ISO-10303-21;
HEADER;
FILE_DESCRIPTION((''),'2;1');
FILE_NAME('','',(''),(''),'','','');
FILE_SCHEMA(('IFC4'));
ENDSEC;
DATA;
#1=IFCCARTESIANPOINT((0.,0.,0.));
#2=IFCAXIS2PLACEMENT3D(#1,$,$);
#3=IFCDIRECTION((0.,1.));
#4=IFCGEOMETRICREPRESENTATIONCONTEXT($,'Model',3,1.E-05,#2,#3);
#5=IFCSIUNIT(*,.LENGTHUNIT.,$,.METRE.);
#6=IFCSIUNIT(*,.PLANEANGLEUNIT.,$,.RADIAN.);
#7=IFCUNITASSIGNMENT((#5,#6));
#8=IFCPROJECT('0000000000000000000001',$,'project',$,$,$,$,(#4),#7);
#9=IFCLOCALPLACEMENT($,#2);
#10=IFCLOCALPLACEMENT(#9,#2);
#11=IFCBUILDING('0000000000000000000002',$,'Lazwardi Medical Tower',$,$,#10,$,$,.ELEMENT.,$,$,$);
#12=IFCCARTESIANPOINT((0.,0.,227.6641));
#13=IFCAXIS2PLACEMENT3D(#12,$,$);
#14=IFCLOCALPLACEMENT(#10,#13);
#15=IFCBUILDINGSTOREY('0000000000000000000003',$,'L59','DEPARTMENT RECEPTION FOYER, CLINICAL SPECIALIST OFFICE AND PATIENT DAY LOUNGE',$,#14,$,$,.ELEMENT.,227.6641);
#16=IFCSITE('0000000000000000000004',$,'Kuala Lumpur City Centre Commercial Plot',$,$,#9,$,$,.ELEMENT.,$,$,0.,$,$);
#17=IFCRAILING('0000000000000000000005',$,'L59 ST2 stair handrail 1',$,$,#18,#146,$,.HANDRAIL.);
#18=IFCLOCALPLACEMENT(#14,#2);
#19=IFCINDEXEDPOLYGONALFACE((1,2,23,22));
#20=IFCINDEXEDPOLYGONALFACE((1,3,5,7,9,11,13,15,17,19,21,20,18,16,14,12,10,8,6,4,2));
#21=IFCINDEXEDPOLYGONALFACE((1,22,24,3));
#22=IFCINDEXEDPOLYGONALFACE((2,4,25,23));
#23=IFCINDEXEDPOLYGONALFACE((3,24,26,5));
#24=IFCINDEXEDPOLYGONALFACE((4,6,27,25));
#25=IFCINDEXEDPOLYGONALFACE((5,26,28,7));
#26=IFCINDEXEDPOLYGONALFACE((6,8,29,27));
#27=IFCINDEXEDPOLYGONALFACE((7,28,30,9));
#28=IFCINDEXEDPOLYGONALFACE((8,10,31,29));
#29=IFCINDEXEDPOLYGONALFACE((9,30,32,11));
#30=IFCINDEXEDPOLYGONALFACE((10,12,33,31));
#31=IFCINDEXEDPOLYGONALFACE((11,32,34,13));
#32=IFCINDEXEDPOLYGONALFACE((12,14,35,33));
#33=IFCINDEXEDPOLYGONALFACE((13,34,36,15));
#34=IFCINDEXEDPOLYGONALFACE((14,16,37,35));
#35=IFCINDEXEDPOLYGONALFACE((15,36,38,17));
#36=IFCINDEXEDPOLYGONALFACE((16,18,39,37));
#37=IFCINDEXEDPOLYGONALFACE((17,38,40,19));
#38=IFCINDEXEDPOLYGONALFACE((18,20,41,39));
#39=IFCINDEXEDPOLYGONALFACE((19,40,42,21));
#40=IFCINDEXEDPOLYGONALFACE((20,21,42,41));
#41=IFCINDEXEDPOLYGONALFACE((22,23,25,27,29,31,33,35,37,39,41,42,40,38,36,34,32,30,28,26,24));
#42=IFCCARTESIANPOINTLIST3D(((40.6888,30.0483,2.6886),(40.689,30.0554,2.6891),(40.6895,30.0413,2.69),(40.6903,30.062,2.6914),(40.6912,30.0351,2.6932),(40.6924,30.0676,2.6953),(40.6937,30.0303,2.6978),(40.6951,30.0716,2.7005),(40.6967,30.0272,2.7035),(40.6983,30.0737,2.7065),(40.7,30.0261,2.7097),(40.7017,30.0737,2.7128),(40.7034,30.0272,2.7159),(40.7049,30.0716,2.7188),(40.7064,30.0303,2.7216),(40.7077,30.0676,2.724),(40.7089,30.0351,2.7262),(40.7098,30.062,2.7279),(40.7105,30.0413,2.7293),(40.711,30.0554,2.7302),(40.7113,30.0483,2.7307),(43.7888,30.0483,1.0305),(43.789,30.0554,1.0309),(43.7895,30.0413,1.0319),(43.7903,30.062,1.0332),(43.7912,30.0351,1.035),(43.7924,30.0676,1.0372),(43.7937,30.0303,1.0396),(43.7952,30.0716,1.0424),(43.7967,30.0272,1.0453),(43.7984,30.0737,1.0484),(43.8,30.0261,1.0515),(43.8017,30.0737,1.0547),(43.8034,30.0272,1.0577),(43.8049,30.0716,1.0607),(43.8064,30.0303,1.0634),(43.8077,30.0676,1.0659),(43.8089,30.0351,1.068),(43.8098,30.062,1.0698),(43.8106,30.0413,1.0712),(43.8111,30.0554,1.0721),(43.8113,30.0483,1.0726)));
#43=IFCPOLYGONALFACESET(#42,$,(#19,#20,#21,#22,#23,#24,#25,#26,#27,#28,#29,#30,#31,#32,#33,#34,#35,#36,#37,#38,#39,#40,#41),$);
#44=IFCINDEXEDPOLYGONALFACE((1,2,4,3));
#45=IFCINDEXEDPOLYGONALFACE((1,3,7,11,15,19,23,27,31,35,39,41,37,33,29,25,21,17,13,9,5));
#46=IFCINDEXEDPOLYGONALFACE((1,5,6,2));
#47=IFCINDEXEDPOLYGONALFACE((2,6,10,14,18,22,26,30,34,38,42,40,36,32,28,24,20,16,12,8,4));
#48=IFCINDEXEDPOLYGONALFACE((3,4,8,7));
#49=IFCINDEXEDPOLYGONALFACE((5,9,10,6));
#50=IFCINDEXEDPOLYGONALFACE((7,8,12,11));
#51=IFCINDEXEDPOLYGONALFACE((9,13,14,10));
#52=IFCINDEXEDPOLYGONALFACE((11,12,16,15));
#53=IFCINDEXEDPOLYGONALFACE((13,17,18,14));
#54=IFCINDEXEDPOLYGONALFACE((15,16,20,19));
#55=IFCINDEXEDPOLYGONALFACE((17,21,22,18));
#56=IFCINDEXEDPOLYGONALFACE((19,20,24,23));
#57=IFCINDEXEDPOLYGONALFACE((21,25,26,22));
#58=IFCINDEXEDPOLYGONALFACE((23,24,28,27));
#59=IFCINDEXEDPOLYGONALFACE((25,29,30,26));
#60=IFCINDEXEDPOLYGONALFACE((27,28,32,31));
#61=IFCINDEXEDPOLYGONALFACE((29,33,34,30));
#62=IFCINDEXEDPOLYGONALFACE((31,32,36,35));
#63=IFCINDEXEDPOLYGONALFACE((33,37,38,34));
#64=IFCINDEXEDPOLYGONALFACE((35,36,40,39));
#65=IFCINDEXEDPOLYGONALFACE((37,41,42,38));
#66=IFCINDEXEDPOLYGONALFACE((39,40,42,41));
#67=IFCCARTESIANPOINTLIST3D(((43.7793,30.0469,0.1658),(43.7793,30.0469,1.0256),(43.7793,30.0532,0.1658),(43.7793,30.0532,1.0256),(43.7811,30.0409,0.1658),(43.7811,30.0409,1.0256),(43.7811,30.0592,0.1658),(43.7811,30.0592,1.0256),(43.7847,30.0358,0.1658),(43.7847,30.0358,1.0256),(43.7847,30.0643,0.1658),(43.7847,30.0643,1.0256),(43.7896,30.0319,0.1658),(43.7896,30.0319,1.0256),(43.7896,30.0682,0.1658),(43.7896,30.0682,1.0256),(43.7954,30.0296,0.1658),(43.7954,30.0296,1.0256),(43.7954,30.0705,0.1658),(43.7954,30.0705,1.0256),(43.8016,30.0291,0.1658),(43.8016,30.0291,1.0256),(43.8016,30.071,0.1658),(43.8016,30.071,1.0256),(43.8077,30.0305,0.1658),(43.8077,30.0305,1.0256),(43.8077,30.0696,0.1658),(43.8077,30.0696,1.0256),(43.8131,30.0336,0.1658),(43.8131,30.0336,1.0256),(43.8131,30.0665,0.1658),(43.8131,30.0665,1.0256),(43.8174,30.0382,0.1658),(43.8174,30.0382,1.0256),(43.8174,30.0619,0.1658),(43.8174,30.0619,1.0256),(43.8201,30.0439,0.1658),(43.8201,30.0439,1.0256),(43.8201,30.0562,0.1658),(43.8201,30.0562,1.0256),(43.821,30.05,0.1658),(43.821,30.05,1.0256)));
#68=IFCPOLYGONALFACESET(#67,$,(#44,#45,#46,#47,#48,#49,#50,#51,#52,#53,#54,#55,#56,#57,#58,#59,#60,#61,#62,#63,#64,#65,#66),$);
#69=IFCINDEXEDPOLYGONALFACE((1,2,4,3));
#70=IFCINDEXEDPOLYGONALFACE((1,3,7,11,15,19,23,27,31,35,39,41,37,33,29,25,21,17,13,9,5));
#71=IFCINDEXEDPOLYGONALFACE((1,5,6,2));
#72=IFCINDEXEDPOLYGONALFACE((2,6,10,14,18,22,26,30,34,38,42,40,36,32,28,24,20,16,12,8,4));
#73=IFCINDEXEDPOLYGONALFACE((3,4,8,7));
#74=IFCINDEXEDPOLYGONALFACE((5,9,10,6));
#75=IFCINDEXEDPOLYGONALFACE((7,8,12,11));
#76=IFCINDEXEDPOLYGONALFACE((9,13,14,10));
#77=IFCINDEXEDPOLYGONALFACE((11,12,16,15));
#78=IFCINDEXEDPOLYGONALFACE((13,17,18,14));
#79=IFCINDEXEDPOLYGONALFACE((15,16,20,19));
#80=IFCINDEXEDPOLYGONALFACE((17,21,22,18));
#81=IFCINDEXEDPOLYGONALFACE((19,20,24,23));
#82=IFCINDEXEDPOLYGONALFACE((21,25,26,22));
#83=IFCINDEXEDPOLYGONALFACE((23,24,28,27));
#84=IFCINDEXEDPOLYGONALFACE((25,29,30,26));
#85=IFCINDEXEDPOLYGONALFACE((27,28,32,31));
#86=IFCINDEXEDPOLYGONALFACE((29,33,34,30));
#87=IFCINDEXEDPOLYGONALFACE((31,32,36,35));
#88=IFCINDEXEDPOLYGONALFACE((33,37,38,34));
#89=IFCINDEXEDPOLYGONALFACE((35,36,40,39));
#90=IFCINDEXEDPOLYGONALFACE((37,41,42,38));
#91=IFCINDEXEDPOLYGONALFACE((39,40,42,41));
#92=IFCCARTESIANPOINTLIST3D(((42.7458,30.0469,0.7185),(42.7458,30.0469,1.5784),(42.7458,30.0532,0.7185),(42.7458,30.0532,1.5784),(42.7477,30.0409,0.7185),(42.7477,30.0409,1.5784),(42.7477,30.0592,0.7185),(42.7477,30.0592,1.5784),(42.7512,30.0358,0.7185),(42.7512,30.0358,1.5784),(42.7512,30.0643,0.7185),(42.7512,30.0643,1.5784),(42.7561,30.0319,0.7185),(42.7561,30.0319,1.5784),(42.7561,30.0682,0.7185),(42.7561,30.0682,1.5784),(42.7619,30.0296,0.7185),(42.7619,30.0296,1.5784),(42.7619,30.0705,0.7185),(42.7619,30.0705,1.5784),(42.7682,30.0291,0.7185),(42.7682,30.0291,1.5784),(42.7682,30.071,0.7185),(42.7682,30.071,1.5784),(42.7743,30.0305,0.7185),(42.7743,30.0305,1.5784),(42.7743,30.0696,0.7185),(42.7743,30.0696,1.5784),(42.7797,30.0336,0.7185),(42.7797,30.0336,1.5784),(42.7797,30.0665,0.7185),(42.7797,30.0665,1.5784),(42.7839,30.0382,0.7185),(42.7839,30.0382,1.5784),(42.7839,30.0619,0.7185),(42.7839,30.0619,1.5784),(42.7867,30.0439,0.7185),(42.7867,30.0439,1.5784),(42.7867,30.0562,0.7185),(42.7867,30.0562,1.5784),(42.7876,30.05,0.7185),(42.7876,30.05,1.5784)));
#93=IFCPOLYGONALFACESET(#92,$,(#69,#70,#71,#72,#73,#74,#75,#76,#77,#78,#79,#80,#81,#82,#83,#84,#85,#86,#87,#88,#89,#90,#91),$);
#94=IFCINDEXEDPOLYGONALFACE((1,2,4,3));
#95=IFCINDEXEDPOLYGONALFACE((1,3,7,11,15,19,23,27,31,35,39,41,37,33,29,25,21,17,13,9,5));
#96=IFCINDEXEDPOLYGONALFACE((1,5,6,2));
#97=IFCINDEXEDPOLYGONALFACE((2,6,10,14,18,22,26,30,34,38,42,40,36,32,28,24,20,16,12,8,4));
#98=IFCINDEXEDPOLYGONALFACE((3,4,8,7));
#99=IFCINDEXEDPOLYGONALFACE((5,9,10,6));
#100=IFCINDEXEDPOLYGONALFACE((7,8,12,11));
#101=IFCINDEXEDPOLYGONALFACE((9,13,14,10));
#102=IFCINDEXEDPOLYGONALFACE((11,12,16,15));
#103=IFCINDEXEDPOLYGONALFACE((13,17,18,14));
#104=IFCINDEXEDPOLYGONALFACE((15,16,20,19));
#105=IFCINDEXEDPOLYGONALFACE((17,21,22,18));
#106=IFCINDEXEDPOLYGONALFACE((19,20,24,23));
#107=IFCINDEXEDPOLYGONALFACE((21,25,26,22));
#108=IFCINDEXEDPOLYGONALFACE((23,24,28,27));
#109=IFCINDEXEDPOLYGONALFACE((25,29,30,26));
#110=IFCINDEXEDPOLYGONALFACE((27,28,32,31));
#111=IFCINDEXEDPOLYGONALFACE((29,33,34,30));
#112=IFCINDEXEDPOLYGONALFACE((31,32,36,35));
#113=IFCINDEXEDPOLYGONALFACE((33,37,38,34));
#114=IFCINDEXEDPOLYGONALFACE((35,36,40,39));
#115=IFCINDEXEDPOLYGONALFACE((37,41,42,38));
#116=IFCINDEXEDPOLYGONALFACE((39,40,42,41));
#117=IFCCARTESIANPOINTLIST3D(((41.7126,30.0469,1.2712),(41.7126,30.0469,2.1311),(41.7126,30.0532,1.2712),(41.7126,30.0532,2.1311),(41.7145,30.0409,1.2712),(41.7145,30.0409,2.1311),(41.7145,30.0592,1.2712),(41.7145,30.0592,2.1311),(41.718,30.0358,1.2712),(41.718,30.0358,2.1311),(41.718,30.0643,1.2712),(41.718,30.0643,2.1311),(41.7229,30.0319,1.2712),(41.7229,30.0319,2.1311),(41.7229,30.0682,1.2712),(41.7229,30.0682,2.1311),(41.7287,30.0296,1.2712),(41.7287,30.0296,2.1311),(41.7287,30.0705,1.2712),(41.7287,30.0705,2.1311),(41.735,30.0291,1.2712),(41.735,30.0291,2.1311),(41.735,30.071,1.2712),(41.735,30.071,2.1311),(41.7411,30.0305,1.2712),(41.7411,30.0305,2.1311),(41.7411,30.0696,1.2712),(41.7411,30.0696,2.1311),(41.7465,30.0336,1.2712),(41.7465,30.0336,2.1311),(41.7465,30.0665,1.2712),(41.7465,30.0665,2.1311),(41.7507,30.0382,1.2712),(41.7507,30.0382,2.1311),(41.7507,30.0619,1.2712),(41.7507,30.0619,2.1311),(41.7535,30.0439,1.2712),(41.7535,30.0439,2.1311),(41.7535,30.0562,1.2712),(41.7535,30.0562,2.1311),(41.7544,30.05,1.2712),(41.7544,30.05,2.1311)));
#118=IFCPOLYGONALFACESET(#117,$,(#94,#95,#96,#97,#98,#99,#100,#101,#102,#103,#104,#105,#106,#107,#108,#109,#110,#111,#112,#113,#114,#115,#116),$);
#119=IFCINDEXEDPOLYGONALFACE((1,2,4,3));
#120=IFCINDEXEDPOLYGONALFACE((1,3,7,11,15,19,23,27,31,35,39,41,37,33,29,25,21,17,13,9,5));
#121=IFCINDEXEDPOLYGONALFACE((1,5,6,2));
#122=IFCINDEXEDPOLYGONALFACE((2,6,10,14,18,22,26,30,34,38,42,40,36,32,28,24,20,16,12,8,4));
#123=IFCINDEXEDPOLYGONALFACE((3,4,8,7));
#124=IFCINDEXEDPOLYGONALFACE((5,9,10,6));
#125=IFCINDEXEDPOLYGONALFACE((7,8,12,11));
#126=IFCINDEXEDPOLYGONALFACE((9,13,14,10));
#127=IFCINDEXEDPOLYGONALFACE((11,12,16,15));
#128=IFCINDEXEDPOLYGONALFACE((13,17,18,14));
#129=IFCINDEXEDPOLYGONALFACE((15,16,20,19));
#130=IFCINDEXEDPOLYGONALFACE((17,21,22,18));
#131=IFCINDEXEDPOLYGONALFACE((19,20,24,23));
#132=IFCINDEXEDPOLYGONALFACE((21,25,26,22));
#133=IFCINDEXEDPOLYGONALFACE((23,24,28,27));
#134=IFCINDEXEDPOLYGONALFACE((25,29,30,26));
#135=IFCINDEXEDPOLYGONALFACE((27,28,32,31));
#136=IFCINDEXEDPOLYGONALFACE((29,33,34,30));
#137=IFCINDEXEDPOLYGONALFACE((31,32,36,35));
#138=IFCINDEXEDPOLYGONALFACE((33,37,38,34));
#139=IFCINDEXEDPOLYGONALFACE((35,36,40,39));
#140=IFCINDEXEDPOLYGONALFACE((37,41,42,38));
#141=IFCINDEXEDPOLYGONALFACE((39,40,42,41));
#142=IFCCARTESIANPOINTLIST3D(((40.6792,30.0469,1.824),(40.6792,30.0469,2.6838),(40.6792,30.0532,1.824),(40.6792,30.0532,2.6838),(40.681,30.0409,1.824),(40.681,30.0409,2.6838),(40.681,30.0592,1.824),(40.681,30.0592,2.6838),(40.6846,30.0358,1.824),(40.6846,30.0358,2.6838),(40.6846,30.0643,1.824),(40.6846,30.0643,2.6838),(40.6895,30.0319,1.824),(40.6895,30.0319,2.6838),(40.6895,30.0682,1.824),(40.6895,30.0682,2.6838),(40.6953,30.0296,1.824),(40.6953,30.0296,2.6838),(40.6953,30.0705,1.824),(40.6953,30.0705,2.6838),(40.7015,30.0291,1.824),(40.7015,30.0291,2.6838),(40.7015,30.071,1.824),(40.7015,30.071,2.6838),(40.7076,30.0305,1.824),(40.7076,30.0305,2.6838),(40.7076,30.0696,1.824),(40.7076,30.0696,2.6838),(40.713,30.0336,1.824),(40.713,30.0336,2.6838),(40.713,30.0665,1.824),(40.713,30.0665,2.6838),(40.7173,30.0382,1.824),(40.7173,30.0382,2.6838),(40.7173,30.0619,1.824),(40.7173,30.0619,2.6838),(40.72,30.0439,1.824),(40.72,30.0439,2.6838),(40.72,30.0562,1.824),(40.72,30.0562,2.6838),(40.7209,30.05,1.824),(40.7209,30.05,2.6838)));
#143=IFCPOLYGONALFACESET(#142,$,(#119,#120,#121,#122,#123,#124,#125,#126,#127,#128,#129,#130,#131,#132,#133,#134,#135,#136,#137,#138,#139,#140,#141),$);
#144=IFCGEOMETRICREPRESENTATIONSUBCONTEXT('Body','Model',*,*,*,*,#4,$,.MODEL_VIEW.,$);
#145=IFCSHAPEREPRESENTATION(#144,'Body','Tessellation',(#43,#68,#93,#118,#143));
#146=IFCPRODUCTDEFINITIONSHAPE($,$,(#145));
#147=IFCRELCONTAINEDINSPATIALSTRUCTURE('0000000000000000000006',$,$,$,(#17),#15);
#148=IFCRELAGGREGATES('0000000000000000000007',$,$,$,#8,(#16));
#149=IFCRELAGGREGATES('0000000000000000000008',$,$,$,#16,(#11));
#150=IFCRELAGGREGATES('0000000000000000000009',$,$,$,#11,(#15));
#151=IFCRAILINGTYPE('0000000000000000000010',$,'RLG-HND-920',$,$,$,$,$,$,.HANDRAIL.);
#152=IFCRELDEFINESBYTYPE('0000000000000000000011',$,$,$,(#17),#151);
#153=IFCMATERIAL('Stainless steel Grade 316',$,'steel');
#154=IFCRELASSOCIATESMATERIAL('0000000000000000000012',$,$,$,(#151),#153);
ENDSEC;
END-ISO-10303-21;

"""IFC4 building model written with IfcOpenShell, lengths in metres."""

from ifc_helpers import new_model, si_unit, direction, frame, origin, origin_2d, place, context, subcontext, project, spatial, circle, extrude, material, type_object, element, save


model = new_model("IFC4")

# Units and contexts
model_context = context("Model", 3, precision=1e-05, world=origin(), true_north=direction((0.0, 1.0)))
body_context = subcontext(model_context, "Body", "Model", "MODEL_VIEW")
ifc_project = project(units=[si_unit("LENGTHUNIT", "METRE"), si_unit("PLANEANGLEUNIT", "RADIAN")], contexts=[model_context])

# Site, building, storey
site_placement = place(None, origin())
site = spatial("IfcSite", under=ifc_project, at=site_placement, Name="Kuala Lumpur City Centre Commercial Plot", CompositionType="ELEMENT", RefElevation=0.0)
building_placement = place(site_placement, origin())
building = spatial("IfcBuilding", under=site, at=building_placement, Name="Lazwardi Medical Tower", CompositionType="ELEMENT")
storey_placement = place(building_placement, frame((0.0, 0.0, 227.6641)))
storey = spatial("IfcBuildingStorey", under=building, at=storey_placement, Name="L59", Description="DEPARTMENT RECEPTION FOYER, CLINICAL SPECIALIST OFFICE AND PATIENT DAY LOUNGE", CompositionType="ELEMENT", Elevation=227.6641)

# Railing
ifc_material_1 = material(Name="Stainless steel Grade 316", Category="steel")
railing_type = type_object("IfcRailingType", Name="RLG-HND-920", PredefinedType="HANDRAIL", material=ifc_material_1)
railing_1_placement = place(storey_placement, frame((43.8, 30.05, 0.1658)))
element("IfcRailing", 1, at=railing_1_placement, inside=storey, type_object=railing_type, Name="L59 ST2 stair handrail 1", PredefinedType="HANDRAIL", context=body_context, shape_type="SweptSolid", body=[
    extrude(circle(Radius=0.0239, at=origin_2d()), frame((0.0, 0.0, 0.8857), z_axis=(-0.881783, 0.0, 0.471655), x_axis=(0.0, -1.0, 0.0)), (0.0, 0.0, 1.0), 3.5156),
    extrude(circle(Radius=0.021, at=origin_2d()), origin(), (0.0, 0.0, 1.0), 0.8599),
    extrude(circle(Radius=0.021, at=origin_2d()), frame((-1.0334, 0.0, 0.5527)), (0.0, 0.0, 1.0), 0.8599),
    extrude(circle(Radius=0.021, at=origin_2d()), frame((-2.0667, 0.0, 1.1055)), (0.0, 0.0, 1.0), 0.8599),
    extrude(circle(Radius=0.021, at=origin_2d()), frame((-3.1001, 0.0, 1.6582)), (0.0, 0.0, 1.0), 0.8599),
])

save(model, "model.ifc")
